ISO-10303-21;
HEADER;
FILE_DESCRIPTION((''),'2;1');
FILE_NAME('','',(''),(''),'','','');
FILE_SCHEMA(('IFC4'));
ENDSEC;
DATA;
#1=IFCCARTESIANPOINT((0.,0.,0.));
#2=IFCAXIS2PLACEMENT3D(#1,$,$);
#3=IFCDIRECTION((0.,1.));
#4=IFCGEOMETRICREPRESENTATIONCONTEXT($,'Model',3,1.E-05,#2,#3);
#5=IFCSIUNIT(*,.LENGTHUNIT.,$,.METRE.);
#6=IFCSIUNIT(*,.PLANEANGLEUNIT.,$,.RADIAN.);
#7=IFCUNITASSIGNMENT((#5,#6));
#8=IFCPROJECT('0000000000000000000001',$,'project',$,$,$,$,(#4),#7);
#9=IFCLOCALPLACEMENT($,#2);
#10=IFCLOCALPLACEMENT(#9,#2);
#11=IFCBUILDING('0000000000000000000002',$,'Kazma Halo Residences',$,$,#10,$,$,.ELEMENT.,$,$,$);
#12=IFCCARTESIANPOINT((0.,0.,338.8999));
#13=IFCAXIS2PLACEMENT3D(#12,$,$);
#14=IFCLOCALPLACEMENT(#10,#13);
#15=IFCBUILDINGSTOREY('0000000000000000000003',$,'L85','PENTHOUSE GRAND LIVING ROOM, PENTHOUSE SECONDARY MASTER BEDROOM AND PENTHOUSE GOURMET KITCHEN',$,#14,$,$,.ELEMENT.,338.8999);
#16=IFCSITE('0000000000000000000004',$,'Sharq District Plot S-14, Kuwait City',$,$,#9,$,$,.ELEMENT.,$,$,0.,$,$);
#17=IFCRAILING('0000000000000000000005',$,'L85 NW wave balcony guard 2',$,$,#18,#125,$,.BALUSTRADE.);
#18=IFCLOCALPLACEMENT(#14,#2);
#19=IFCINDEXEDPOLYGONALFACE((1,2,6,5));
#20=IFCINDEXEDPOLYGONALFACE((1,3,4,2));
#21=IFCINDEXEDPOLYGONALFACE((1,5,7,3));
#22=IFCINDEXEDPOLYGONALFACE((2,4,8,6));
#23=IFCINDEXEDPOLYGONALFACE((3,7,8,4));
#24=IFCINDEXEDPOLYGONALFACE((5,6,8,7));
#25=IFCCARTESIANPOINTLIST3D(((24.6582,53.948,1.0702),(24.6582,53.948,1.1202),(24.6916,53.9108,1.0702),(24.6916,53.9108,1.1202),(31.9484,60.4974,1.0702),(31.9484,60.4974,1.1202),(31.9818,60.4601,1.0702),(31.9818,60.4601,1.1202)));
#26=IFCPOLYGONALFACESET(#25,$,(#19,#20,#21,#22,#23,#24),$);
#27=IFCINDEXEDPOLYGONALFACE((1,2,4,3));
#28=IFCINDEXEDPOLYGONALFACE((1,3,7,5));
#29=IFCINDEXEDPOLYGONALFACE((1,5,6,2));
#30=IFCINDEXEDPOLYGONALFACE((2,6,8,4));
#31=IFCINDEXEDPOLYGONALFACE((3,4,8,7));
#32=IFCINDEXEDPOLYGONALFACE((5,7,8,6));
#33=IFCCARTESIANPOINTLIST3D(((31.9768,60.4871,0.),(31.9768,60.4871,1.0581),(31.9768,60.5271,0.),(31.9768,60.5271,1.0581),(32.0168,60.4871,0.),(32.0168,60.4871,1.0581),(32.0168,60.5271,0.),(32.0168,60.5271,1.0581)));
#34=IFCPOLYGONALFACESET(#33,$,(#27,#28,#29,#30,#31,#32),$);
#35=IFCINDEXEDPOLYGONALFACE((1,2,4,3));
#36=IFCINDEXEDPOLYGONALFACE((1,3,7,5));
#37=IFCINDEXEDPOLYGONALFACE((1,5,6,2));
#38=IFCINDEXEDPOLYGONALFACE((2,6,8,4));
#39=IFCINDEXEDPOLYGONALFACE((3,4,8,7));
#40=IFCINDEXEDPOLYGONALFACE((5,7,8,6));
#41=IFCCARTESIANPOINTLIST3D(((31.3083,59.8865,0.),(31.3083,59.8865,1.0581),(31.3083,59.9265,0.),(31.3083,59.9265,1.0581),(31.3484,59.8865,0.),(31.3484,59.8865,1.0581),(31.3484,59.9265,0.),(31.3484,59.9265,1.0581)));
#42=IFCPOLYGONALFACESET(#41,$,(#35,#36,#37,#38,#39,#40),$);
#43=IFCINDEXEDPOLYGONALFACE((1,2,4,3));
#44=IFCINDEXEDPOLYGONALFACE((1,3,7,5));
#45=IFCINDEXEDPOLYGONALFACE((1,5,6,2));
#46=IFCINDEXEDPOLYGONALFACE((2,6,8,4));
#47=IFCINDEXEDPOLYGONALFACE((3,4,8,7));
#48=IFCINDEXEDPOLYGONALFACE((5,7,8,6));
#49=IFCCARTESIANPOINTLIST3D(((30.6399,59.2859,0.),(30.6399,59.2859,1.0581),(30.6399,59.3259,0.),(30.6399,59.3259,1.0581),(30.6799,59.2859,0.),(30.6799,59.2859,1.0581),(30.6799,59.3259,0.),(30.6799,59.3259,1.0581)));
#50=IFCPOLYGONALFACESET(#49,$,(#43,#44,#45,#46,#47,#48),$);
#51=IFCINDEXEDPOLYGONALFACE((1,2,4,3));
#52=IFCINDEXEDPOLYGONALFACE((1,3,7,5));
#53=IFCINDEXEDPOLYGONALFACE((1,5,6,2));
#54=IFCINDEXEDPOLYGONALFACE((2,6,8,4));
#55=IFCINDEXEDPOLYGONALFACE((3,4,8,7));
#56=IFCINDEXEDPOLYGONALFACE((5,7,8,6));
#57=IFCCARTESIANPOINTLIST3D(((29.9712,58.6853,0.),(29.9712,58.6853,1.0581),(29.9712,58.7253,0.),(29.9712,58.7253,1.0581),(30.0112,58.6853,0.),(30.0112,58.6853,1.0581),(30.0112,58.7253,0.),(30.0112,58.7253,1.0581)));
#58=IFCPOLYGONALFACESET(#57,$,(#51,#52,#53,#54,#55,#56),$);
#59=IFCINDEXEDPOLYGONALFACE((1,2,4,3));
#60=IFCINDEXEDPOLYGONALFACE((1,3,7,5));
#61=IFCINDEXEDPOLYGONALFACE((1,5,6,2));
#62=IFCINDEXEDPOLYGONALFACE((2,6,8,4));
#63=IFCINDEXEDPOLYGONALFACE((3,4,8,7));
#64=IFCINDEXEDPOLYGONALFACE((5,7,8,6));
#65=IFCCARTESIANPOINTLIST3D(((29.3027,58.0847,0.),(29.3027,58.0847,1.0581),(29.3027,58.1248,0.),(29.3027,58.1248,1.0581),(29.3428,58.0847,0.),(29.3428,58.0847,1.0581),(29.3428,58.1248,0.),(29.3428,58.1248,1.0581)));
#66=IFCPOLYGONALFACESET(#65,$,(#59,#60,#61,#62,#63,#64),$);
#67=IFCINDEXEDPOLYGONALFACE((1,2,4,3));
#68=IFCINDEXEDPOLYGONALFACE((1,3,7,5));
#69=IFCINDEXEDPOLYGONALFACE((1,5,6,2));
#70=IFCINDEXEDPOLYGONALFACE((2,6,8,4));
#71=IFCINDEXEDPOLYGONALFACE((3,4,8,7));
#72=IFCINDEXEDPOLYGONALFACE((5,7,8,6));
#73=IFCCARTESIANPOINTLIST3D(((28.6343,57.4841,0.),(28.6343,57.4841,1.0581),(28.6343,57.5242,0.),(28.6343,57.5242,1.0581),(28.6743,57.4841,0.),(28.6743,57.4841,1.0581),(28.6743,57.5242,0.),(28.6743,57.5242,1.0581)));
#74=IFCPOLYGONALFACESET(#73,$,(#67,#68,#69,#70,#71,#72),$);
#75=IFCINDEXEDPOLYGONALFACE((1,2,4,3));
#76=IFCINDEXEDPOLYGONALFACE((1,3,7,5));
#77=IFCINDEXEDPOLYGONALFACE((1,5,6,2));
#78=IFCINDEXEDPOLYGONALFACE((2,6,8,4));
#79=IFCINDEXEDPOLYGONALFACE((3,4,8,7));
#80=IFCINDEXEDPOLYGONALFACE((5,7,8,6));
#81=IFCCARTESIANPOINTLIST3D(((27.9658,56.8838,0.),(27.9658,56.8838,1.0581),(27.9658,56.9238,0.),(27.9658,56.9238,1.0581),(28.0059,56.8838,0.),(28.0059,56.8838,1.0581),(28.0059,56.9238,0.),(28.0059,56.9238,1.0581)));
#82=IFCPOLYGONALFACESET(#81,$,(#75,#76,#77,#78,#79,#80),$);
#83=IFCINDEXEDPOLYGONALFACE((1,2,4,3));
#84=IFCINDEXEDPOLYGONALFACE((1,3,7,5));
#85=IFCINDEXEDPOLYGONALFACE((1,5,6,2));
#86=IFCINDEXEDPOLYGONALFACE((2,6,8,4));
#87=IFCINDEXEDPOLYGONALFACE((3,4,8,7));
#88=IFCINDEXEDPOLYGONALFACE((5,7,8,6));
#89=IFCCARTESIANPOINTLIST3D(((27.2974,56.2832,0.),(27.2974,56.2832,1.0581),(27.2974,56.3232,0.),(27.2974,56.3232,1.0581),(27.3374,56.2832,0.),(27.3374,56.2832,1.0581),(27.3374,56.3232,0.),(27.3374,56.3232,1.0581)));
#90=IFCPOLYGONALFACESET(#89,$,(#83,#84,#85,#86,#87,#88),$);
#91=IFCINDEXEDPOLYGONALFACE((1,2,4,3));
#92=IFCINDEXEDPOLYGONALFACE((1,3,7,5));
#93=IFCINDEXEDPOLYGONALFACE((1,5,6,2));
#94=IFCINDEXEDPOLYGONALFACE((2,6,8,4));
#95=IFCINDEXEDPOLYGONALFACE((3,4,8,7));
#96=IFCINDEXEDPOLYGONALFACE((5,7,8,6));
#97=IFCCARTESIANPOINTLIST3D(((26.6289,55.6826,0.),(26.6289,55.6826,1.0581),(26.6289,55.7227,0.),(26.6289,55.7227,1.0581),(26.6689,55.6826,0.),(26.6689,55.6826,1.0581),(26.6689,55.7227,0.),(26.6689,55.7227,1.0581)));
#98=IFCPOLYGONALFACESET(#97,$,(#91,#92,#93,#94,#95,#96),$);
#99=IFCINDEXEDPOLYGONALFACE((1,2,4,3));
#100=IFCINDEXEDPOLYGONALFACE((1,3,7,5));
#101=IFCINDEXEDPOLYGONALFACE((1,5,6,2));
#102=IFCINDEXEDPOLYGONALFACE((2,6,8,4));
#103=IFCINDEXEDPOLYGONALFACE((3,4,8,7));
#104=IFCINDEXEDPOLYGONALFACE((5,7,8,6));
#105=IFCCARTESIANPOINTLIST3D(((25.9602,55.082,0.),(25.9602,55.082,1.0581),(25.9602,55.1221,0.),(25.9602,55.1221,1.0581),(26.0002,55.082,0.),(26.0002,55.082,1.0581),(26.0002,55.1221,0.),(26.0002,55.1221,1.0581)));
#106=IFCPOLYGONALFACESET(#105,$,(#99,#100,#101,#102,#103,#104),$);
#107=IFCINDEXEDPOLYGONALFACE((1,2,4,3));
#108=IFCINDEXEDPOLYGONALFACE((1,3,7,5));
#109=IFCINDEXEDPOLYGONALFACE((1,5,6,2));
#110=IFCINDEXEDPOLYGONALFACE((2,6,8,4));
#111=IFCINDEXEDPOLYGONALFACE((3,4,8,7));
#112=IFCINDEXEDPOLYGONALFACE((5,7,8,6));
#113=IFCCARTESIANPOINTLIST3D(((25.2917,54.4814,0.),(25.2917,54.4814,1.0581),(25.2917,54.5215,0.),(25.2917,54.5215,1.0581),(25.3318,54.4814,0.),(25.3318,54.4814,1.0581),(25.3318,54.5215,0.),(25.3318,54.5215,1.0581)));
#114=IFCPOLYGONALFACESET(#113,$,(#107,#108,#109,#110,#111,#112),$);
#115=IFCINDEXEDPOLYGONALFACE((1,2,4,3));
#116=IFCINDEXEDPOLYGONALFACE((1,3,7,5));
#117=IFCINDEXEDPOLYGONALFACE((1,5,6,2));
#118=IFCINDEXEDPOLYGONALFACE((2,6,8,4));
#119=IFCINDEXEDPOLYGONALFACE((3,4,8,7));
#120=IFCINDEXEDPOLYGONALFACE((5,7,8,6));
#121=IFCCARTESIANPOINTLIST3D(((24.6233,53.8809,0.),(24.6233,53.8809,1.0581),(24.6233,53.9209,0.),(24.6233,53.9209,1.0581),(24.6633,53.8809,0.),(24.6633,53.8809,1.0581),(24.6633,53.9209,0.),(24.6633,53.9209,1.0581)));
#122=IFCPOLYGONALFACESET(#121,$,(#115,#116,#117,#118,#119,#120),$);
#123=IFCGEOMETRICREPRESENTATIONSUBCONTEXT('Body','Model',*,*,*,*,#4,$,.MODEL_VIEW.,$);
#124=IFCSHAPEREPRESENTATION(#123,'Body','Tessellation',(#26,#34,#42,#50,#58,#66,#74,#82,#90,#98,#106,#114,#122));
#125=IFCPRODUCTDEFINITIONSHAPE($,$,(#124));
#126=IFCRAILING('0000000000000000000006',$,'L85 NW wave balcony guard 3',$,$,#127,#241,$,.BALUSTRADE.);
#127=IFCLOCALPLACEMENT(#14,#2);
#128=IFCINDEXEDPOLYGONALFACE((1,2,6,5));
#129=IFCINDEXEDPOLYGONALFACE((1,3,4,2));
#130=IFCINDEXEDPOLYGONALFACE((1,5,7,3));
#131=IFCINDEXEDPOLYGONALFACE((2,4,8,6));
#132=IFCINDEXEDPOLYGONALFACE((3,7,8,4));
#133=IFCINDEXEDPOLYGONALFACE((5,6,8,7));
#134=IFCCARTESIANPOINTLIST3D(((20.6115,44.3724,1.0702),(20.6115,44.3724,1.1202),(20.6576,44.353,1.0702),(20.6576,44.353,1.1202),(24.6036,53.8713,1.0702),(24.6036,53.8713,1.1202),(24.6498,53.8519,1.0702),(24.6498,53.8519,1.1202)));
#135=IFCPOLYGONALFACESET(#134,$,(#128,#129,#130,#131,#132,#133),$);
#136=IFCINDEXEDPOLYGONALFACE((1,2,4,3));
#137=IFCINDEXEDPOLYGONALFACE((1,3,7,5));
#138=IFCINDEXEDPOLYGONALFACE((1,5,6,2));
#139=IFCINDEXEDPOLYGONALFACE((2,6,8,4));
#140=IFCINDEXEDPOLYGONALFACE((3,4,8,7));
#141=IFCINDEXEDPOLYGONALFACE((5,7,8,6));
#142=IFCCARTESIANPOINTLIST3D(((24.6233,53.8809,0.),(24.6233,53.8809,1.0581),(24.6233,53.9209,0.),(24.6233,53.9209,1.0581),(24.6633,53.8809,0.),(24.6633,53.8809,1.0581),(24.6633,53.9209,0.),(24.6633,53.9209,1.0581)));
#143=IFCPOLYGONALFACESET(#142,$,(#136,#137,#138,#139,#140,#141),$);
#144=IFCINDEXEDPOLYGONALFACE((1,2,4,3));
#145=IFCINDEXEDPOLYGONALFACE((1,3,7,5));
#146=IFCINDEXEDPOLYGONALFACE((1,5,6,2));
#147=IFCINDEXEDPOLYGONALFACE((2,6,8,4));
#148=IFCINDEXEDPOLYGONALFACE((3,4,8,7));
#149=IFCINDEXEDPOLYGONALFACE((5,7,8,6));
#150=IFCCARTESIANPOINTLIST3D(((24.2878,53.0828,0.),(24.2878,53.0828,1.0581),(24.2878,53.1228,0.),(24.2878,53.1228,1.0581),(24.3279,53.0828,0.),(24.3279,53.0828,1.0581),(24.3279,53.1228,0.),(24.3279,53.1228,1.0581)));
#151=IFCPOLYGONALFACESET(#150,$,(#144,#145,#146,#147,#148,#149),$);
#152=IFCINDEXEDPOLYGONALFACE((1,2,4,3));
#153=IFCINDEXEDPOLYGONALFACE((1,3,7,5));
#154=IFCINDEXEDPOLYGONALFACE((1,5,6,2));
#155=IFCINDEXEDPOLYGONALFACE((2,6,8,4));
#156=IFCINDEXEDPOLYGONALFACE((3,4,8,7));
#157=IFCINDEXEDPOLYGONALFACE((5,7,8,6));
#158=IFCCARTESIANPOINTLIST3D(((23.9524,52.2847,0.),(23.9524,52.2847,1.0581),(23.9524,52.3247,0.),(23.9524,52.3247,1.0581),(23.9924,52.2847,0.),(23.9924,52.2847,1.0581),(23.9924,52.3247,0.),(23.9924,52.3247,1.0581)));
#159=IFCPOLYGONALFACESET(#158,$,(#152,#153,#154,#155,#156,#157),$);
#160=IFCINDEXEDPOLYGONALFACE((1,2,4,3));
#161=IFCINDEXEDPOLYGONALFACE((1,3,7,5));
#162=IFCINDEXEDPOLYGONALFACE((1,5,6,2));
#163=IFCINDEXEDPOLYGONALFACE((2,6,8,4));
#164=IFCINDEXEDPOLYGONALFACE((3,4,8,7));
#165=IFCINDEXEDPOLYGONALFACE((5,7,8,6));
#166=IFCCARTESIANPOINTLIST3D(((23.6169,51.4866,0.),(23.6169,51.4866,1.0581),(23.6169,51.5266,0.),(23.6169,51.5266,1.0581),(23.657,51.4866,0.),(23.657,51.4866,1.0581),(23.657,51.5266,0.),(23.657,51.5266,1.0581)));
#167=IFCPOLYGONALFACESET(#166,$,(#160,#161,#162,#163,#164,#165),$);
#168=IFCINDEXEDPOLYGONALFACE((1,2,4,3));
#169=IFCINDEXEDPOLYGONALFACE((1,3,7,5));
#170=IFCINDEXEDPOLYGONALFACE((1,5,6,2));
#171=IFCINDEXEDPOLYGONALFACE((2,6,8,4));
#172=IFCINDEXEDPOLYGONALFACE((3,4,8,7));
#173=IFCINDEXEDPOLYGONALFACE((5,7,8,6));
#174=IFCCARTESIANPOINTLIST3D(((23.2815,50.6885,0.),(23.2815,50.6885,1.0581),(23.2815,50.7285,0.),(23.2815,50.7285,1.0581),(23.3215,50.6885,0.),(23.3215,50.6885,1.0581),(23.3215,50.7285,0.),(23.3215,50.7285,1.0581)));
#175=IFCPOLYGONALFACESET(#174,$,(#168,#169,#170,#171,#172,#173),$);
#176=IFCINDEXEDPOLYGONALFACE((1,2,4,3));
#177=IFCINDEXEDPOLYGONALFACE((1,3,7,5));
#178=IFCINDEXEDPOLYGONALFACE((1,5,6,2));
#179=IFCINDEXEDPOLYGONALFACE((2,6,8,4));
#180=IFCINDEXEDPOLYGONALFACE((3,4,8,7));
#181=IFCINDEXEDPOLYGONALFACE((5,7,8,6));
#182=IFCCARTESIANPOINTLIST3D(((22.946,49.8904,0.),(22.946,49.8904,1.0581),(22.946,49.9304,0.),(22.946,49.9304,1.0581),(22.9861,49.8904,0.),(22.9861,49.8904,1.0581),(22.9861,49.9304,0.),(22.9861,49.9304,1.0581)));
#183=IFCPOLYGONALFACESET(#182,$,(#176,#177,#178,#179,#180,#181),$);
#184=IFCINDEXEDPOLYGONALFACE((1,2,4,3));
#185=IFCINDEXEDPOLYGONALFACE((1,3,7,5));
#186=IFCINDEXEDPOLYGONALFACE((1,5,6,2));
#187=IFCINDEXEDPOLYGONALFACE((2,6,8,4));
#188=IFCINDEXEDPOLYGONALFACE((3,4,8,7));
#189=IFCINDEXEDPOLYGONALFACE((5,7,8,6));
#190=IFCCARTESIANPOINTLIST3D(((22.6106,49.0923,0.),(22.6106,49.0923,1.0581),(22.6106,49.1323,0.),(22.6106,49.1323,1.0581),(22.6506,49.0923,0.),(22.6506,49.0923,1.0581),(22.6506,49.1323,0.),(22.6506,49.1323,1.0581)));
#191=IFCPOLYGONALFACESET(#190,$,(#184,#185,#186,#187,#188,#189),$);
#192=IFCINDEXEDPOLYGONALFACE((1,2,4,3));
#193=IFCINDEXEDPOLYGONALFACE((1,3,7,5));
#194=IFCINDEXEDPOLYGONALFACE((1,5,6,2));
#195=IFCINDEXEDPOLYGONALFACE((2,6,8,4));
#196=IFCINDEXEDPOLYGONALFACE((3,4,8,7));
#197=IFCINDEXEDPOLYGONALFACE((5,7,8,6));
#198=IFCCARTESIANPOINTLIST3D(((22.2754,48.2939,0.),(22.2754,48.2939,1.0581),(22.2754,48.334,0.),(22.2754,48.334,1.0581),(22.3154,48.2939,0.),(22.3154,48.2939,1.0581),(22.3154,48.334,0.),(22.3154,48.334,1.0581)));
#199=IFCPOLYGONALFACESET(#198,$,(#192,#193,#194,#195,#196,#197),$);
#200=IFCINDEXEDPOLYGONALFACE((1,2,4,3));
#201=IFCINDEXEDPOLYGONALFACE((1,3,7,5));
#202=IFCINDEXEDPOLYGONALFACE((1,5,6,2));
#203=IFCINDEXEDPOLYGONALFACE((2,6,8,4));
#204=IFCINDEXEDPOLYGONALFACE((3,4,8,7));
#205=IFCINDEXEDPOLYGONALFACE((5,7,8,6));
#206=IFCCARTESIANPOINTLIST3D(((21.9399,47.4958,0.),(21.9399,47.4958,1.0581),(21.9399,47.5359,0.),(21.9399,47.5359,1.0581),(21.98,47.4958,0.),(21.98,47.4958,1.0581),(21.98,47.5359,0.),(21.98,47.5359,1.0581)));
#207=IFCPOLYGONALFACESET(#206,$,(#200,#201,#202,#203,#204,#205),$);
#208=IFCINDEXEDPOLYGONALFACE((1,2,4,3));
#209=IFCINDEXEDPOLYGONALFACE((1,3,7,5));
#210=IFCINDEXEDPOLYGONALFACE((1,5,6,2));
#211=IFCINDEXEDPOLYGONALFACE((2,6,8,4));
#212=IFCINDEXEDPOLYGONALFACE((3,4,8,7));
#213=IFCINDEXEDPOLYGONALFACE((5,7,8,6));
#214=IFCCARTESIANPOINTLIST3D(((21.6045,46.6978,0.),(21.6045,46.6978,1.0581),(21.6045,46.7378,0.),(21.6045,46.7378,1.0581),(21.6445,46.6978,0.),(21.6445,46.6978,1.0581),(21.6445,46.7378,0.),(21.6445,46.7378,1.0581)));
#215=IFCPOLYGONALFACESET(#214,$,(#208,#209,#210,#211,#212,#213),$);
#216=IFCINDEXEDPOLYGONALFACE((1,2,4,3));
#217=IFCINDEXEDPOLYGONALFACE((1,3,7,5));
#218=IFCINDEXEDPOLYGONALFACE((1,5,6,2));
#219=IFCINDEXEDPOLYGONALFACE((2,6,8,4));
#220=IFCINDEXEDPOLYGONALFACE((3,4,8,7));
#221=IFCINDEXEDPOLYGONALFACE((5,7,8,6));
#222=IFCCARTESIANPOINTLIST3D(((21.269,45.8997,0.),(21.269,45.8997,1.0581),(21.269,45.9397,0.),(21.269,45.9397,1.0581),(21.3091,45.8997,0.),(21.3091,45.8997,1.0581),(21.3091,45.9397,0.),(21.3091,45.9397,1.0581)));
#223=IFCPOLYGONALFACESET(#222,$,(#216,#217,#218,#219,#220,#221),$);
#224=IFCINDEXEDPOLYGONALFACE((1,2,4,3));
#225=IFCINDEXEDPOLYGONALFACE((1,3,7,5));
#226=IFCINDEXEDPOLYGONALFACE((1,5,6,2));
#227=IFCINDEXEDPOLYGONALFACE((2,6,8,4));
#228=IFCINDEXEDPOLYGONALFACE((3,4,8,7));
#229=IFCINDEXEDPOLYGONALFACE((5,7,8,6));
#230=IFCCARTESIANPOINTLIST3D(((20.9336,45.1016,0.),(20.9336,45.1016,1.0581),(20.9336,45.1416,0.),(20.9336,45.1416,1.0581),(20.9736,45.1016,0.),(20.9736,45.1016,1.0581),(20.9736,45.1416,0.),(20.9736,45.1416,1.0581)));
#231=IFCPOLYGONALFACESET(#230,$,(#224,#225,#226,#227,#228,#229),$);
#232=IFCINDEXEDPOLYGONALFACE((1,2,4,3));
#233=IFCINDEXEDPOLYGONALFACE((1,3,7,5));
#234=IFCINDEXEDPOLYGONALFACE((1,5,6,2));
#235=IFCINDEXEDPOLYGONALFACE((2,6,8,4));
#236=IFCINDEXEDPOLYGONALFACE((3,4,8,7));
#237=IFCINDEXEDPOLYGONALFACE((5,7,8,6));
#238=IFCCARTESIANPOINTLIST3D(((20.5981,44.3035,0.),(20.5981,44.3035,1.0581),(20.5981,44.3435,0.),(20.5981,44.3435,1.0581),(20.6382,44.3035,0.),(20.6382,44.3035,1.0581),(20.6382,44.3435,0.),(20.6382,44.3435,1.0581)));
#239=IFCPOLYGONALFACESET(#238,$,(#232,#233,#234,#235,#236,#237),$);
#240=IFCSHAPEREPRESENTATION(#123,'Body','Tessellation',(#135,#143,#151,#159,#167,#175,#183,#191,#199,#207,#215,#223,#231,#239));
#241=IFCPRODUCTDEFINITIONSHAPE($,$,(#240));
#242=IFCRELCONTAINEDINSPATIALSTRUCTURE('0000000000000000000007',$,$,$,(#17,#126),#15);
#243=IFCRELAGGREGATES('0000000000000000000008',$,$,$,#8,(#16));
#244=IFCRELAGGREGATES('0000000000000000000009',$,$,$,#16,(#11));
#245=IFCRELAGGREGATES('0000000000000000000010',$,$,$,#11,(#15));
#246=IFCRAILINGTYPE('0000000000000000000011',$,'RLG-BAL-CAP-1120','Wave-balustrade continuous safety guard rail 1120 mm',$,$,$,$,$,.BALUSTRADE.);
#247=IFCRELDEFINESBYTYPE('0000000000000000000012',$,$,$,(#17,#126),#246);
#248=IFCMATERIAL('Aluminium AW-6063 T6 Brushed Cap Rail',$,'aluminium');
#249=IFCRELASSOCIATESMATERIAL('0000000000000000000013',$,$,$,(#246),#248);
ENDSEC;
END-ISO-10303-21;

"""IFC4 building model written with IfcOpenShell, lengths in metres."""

from ifc_helpers import new_model, si_unit, direction, frame, origin, origin_2d, place, context, subcontext, project, spatial, rectangle, extrude, material, type_object, element, save


model = new_model("IFC4")

# Units and contexts
model_context = context("Model", 3, precision=1e-05, world=origin(), true_north=direction((0.0, 1.0)))
body_context = subcontext(model_context, "Body", "Model", "MODEL_VIEW")
ifc_project = project(units=[si_unit("LENGTHUNIT", "METRE"), si_unit("PLANEANGLEUNIT", "RADIAN")], contexts=[model_context])

# Site, building, storey
site_placement = place(None, origin())
site = spatial("IfcSite", under=ifc_project, at=site_placement, Name="Sharq District Plot S-14, Kuwait City", CompositionType="ELEMENT", RefElevation=0.0)
building_placement = place(site_placement, origin())
building = spatial("IfcBuilding", under=site, at=building_placement, Name="Kazma Halo Residences", CompositionType="ELEMENT")
storey_placement = place(building_placement, frame((0.0, 0.0, 338.8999)))
storey = spatial("IfcBuildingStorey", under=building, at=storey_placement, Name="L85", Description="PENTHOUSE GRAND LIVING ROOM, PENTHOUSE SECONDARY MASTER BEDROOM AND PENTHOUSE GOURMET KITCHEN", CompositionType="ELEMENT", Elevation=338.8999)

# Railings
ifc_material_1 = material(Name="Aluminium AW-6063 T6 Brushed Cap Rail", Category="aluminium")
railing_type = type_object("IfcRailingType", Name="RLG-BAL-CAP-1120", Description="Wave-balustrade continuous safety guard rail 1120 mm", PredefinedType="BALUSTRADE", material=ifc_material_1)
railing_1_placement = place(storey_placement, frame((31.9968, 60.5071, 0.0)))
element("IfcRailing", 1, at=railing_1_placement, inside=storey, type_object=railing_type, Name="L85 NW wave balcony guard 2", PredefinedType="BALUSTRADE", context=body_context, shape_type="SweptSolid", body=[
    extrude(rectangle(XDim=0.05, YDim=0.05, at=origin_2d()), frame((-0.0317, -0.0283, 1.0952), z_axis=(-0.743896, -0.668296, 0.0), x_axis=(0.668296, -0.743896, 0.0)), (0.0, 0.0, 1.0), 9.8),
    extrude(rectangle(XDim=0.04, YDim=0.04, at=origin_2d()), origin(), (0.0, 0.0, 1.0), 1.0581),
    extrude(rectangle(XDim=0.04, YDim=0.04, at=origin_2d()), frame((-0.6685, -0.6006, 0.0)), (0.0, 0.0, 1.0), 1.0581),
    extrude(rectangle(XDim=0.04, YDim=0.04, at=origin_2d()), frame((-1.3369, -1.2012, 0.0)), (0.0, 0.0, 1.0), 1.0581),
    extrude(rectangle(XDim=0.04, YDim=0.04, at=origin_2d()), frame((-2.0056, -1.8018, 0.0)), (0.0, 0.0, 1.0), 1.0581),
    extrude(rectangle(XDim=0.04, YDim=0.04, at=origin_2d()), frame((-2.6741, -2.4023, 0.0)), (0.0, 0.0, 1.0), 1.0581),
    extrude(rectangle(XDim=0.04, YDim=0.04, at=origin_2d()), frame((-3.3425, -3.0029, 0.0)), (0.0, 0.0, 1.0), 1.0581),
    extrude(rectangle(XDim=0.04, YDim=0.04, at=origin_2d()), frame((-4.011, -3.6033, 0.0)), (0.0, 0.0, 1.0), 1.0581),
    extrude(rectangle(XDim=0.04, YDim=0.04, at=origin_2d()), frame((-4.6794, -4.2039, 0.0)), (0.0, 0.0, 1.0), 1.0581),
    extrude(rectangle(XDim=0.04, YDim=0.04, at=origin_2d()), frame((-5.3479, -4.8044, 0.0)), (0.0, 0.0, 1.0), 1.0581),
    extrude(rectangle(XDim=0.04, YDim=0.04, at=origin_2d()), frame((-6.0166, -5.405, 0.0)), (0.0, 0.0, 1.0), 1.0581),
    extrude(rectangle(XDim=0.04, YDim=0.04, at=origin_2d()), frame((-6.6851, -6.0056, 0.0)), (0.0, 0.0, 1.0), 1.0581),
    extrude(rectangle(XDim=0.04, YDim=0.04, at=origin_2d()), frame((-7.3535, -6.6062, 0.0)), (0.0, 0.0, 1.0), 1.0581),
])
railing_2_placement = place(storey_placement, frame((24.6433, 53.9009, 0.0)))
element("IfcRailing", 2, at=railing_2_placement, inside=storey, type_object=railing_type, Name="L85 NW wave balcony guard 3", PredefinedType="BALUSTRADE", context=body_context, shape_type="SweptSolid", body=[
    extrude(rectangle(XDim=0.05, YDim=0.05, at=origin_2d()), frame((-0.0166, -0.0393, 1.0952), z_axis=(-0.387449, -0.921891, 0.0), x_axis=(0.921891, -0.387449, 0.0)), (0.0, 0.0, 1.0), 10.3037),
    extrude(rectangle(XDim=0.04, YDim=0.04, at=origin_2d()), origin(), (0.0, 0.0, 1.0), 1.0581),
    extrude(rectangle(XDim=0.04, YDim=0.04, at=origin_2d()), frame((-0.3354, -0.7981, 0.0)), (0.0, 0.0, 1.0), 1.0581),
    extrude(rectangle(XDim=0.04, YDim=0.04, at=origin_2d()), frame((-0.6709, -1.5962, 0.0)), (0.0, 0.0, 1.0), 1.0581),
    extrude(rectangle(XDim=0.04, YDim=0.04, at=origin_2d()), frame((-1.0063, -2.3943, 0.0)), (0.0, 0.0, 1.0), 1.0581),
    extrude(rectangle(XDim=0.04, YDim=0.04, at=origin_2d()), frame((-1.3418, -3.1924, 0.0)), (0.0, 0.0, 1.0), 1.0581),
    extrude(rectangle(XDim=0.04, YDim=0.04, at=origin_2d()), frame((-1.6772, -3.9905, 0.0)), (0.0, 0.0, 1.0), 1.0581),
    extrude(rectangle(XDim=0.04, YDim=0.04, at=origin_2d()), frame((-2.0127, -4.7886, 0.0)), (0.0, 0.0, 1.0), 1.0581),
    extrude(rectangle(XDim=0.04, YDim=0.04, at=origin_2d()), frame((-2.3479, -5.5869, 0.0)), (0.0, 0.0, 1.0), 1.0581),
    extrude(rectangle(XDim=0.04, YDim=0.04, at=origin_2d()), frame((-2.6833, -6.385, 0.0)), (0.0, 0.0, 1.0), 1.0581),
    extrude(rectangle(XDim=0.04, YDim=0.04, at=origin_2d()), frame((-3.0188, -7.1831, 0.0)), (0.0, 0.0, 1.0), 1.0581),
    extrude(rectangle(XDim=0.04, YDim=0.04, at=origin_2d()), frame((-3.3542, -7.9812, 0.0)), (0.0, 0.0, 1.0), 1.0581),
    extrude(rectangle(XDim=0.04, YDim=0.04, at=origin_2d()), frame((-3.6897, -8.7793, 0.0)), (0.0, 0.0, 1.0), 1.0581),
    extrude(rectangle(XDim=0.04, YDim=0.04, at=origin_2d()), frame((-4.0251, -9.5774, 0.0)), (0.0, 0.0, 1.0), 1.0581),
])

save(model, "model.ifc")
